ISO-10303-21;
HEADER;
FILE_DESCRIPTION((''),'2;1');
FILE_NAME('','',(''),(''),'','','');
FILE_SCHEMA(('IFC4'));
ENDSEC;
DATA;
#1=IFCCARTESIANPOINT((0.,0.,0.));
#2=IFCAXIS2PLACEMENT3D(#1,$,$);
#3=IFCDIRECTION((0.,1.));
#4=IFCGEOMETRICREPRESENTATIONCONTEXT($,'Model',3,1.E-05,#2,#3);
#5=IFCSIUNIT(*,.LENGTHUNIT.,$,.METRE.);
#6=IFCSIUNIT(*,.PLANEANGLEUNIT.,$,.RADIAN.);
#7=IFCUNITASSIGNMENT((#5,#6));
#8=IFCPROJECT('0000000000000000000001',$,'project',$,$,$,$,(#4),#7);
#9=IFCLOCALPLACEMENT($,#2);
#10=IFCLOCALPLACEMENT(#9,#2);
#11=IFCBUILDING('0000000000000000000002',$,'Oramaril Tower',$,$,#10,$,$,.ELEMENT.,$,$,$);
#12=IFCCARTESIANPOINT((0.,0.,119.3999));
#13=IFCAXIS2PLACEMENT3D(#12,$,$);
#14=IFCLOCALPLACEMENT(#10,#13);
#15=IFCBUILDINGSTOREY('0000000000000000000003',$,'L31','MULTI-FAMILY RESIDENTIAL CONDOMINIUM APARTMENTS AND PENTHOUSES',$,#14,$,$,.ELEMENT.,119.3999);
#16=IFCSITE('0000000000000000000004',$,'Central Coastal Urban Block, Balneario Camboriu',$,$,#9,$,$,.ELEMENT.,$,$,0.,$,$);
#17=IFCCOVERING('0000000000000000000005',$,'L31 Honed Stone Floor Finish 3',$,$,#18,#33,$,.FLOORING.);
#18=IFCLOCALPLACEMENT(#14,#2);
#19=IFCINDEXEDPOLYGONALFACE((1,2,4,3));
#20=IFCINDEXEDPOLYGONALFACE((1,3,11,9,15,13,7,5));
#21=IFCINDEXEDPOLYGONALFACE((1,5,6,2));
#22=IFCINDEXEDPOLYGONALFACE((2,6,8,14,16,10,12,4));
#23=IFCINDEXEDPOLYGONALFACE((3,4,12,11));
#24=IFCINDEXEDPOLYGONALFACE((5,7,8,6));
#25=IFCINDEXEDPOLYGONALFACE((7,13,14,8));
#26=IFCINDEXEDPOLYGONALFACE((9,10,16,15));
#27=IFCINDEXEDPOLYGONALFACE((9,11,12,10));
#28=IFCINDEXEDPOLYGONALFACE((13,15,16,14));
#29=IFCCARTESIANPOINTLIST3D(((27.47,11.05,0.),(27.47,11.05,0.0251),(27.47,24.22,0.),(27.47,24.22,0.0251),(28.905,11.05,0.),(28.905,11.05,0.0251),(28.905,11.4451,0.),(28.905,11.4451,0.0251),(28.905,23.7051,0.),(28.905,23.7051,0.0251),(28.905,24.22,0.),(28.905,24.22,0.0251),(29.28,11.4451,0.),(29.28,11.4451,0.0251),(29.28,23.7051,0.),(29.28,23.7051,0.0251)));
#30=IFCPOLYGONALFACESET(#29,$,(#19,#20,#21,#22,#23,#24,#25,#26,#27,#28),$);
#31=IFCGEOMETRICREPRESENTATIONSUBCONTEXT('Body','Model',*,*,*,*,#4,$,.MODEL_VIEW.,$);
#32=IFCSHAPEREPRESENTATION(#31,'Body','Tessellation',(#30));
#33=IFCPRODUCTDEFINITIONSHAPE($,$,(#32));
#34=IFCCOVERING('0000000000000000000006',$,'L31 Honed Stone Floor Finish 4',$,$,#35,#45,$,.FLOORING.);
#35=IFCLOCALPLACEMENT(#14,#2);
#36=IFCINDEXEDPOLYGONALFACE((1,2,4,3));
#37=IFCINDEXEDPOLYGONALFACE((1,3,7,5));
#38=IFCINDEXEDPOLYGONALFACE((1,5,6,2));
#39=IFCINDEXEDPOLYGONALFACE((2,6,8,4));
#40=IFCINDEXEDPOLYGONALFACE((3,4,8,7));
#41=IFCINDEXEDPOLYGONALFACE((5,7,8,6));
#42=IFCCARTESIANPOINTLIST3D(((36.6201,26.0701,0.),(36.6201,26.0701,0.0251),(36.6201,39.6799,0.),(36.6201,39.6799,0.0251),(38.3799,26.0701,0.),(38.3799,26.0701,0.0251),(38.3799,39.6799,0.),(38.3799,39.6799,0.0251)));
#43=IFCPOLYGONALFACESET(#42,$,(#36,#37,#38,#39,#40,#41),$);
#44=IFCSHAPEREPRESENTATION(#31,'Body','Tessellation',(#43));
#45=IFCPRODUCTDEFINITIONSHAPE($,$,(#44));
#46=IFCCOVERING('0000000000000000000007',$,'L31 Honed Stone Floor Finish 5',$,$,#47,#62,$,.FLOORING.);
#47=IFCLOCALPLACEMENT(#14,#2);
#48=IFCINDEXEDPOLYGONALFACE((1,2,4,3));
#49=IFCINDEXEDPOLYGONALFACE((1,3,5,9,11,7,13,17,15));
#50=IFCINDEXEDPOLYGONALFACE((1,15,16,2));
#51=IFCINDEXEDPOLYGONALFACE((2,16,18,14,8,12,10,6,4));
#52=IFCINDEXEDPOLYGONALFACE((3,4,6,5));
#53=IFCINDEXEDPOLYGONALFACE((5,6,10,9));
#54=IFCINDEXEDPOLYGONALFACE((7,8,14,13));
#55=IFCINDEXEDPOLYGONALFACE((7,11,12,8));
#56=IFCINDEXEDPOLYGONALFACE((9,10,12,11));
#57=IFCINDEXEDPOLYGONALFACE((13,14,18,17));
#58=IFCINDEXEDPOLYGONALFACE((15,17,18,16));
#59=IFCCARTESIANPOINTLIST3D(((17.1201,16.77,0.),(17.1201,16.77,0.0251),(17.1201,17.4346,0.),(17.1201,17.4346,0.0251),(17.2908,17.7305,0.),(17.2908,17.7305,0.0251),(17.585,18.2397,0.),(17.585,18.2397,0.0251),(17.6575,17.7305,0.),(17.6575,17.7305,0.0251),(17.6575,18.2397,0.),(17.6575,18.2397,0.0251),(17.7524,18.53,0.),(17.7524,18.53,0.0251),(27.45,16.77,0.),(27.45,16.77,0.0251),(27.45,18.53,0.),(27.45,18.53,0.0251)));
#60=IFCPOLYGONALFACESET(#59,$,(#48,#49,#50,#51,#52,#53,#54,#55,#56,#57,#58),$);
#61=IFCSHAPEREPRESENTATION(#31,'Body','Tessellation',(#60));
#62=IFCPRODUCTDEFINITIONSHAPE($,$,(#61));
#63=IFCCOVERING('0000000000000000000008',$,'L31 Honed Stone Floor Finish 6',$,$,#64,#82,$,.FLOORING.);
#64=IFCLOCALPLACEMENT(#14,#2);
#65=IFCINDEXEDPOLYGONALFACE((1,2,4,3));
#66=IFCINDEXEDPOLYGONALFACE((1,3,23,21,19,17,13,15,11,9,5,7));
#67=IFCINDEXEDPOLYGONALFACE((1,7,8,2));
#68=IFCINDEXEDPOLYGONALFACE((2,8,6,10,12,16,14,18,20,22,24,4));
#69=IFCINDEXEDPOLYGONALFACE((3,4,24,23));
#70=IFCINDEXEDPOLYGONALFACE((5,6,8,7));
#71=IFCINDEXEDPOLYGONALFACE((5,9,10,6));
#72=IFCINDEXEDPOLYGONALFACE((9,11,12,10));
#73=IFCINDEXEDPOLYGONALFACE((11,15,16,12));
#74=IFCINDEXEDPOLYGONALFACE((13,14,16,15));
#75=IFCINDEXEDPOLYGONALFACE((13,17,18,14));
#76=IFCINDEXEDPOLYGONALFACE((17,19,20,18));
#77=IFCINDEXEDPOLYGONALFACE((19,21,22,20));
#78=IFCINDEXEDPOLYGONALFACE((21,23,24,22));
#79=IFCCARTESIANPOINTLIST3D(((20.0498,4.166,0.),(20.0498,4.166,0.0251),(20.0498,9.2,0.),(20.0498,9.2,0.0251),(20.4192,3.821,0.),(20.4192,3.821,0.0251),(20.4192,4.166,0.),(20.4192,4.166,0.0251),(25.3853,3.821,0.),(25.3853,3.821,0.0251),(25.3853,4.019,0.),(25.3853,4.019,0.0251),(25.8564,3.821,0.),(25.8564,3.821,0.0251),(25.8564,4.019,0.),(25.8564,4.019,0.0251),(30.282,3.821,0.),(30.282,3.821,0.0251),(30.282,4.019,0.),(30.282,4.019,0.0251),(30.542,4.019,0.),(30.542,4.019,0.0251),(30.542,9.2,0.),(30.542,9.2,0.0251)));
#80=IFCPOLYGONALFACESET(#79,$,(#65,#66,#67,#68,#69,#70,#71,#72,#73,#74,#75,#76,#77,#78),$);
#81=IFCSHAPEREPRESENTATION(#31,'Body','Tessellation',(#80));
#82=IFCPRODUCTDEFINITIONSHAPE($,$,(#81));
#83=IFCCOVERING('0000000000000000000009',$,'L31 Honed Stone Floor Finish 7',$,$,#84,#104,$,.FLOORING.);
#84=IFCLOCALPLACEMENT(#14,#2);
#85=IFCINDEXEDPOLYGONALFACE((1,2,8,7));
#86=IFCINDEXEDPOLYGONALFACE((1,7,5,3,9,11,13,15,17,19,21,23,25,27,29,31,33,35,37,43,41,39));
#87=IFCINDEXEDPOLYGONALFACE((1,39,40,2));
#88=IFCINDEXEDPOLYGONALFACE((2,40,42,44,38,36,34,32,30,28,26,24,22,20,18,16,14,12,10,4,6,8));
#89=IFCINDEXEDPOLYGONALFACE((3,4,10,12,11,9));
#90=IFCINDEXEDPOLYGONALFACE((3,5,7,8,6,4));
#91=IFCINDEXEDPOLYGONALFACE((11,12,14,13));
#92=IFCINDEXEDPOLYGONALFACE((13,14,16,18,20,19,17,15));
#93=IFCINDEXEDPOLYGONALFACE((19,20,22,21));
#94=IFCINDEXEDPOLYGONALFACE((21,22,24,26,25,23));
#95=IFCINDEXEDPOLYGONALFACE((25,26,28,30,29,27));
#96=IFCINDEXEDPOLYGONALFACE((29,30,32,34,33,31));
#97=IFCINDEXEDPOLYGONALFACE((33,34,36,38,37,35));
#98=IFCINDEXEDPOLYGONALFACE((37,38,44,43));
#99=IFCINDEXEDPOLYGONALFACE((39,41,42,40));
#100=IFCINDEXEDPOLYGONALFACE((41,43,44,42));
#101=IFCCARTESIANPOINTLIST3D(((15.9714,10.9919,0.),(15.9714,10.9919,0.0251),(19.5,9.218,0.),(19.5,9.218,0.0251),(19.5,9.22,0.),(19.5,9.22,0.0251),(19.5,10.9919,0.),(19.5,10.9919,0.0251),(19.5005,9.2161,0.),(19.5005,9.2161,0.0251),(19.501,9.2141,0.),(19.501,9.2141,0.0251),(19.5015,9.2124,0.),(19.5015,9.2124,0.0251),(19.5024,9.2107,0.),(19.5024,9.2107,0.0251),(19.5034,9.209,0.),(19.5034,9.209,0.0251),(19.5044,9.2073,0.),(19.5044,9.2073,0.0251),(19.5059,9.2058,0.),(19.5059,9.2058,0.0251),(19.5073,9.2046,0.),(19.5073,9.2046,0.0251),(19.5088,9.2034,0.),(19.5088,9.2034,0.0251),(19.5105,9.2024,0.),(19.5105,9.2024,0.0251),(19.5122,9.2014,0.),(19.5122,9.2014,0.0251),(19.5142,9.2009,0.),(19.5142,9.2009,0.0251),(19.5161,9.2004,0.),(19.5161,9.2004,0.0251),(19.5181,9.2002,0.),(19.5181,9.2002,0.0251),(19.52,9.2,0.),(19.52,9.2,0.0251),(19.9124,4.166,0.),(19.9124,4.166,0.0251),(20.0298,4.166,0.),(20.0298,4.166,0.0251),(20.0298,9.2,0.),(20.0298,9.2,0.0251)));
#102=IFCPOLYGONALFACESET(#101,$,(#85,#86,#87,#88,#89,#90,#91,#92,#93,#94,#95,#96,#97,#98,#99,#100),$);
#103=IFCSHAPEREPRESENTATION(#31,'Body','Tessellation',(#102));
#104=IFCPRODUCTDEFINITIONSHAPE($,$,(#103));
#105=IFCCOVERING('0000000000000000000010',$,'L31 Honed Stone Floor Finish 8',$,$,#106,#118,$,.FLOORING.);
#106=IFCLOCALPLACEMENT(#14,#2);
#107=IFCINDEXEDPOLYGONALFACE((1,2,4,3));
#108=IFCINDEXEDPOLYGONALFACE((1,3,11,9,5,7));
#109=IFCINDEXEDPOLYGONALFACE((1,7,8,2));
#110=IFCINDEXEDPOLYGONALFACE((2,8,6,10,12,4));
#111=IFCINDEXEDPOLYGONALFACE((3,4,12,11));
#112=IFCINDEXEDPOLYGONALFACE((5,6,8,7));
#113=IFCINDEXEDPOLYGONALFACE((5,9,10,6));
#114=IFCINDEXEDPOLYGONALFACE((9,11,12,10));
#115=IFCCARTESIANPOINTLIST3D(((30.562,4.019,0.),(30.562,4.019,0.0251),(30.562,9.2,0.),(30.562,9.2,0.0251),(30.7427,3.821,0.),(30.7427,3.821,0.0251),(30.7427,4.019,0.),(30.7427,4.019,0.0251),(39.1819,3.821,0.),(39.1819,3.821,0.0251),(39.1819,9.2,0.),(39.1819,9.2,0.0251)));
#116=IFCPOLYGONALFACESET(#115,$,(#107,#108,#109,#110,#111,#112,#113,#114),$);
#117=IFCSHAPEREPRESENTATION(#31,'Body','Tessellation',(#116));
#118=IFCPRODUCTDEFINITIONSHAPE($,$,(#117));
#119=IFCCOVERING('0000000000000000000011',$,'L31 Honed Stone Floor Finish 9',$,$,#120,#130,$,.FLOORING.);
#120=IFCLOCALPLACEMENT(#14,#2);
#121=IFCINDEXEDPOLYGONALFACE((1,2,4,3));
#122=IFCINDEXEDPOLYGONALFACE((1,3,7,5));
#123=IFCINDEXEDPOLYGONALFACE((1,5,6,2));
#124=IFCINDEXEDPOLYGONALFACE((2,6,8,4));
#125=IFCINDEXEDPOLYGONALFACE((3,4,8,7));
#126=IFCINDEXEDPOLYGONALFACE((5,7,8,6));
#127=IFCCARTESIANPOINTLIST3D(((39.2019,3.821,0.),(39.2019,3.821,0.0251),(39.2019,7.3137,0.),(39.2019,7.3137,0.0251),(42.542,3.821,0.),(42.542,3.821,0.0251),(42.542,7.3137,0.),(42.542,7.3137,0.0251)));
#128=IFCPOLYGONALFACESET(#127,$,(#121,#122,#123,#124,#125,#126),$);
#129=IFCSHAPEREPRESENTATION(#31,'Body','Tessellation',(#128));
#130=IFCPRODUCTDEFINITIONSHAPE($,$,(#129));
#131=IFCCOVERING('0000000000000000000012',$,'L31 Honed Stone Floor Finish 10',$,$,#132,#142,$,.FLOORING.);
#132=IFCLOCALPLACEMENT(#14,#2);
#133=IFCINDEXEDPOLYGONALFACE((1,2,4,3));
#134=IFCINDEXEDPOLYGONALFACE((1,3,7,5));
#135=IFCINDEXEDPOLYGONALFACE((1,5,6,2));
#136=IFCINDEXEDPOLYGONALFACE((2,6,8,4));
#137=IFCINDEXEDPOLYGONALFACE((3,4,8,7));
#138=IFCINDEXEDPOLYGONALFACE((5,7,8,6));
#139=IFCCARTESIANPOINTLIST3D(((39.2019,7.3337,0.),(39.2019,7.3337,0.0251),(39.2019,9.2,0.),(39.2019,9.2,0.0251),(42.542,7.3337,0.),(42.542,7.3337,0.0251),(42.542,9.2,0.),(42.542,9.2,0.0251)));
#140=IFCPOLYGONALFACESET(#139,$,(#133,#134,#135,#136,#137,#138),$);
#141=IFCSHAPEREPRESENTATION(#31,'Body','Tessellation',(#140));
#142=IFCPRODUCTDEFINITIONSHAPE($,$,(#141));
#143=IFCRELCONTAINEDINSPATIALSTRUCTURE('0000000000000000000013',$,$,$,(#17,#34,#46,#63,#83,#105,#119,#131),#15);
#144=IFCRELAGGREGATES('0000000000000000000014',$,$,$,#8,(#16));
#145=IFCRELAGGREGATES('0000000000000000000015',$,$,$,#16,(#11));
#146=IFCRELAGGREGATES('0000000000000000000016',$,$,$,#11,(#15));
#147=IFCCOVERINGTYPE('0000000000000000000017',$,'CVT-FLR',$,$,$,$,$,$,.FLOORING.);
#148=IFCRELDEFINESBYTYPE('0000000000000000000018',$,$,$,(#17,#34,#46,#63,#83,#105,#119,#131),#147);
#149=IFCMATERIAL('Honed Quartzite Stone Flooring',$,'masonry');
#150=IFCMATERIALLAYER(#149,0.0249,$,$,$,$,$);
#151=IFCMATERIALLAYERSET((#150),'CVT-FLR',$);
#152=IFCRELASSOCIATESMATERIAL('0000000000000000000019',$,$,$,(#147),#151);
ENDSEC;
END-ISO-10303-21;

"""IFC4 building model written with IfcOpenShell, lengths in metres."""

from ifc_helpers import new_model, si_unit, direction, frame, origin, place, context, subcontext, project, spatial, polyline, outline, extrude, material, layer, layer_set, type_object, element, save


model = new_model("IFC4")

# Units and contexts
model_context = context("Model", 3, precision=1e-05, world=origin(), true_north=direction((0.0, 1.0)))
body_context = subcontext(model_context, "Body", "Model", "MODEL_VIEW")
ifc_project = project(units=[si_unit("LENGTHUNIT", "METRE"), si_unit("PLANEANGLEUNIT", "RADIAN")], contexts=[model_context])

# Site, building, storey
site_placement = place(None, origin())
site = spatial("IfcSite", under=ifc_project, at=site_placement, Name="Central Coastal Urban Block, Balneario Camboriu", CompositionType="ELEMENT", RefElevation=0.0)
building_placement = place(site_placement, origin())
building = spatial("IfcBuilding", under=site, at=building_placement, Name="Oramaril Tower", CompositionType="ELEMENT")
storey_placement = place(building_placement, frame((0.0, 0.0, 119.3999)))
storey = spatial("IfcBuildingStorey", under=building, at=storey_placement, Name="L31", Description="MULTI-FAMILY RESIDENTIAL CONDOMINIUM APARTMENTS AND PENTHOUSES", CompositionType="ELEMENT", Elevation=119.3999)

# Coverings
ifc_material_1 = material(Name="Honed Quartzite Stone Flooring", Category="masonry")
ifc_layer_1 = layer(ifc_material_1, 0.0249)
ifc_layer_set_1 = layer_set([ifc_layer_1], Name="CVT-FLR")
covering_type_1 = type_object("IfcCoveringType", Name="CVT-FLR", PredefinedType="FLOORING", material=ifc_layer_set_1)
covering_1_placement = place(storey_placement, origin())
element("IfcCovering", 1, at=covering_1_placement, inside=storey, type_object=covering_type_1, Name="L31 Honed Stone Floor Finish 3", PredefinedType="FLOORING", context=body_context, shape_type="SweptSolid", body=[
    extrude(outline(polyline([(28.905, 23.7051), (29.28, 23.7051), (29.28, 11.4451), (28.905, 11.4451), (28.905, 11.05), (27.47, 11.05), (27.47, 24.22), (28.905, 24.22), (28.905, 23.7051)])), origin(), (0.0, 0.0, 1.0), 0.0251),
])
covering_2_placement = place(storey_placement, origin())
element("IfcCovering", 2, at=covering_2_placement, inside=storey, type_object=covering_type_1, Name="L31 Honed Stone Floor Finish 4", PredefinedType="FLOORING", context=body_context, shape_type="SweptSolid", body=[
    extrude(outline(polyline([(38.3799, 26.0701), (36.6201, 26.0701), (36.6201, 39.6799), (38.3799, 39.6799), (38.3799, 26.0701)])), origin(), (0.0, 0.0, 1.0), 0.0251),
])
covering_3_placement = place(storey_placement, origin())
element("IfcCovering", 3, at=covering_3_placement, inside=storey, type_object=covering_type_1, Name="L31 Honed Stone Floor Finish 5", PredefinedType="FLOORING", context=body_context, shape_type="SweptSolid", body=[
    extrude(outline(polyline([(17.1201, 16.77), (17.1201, 17.4346), (17.2908, 17.7305), (17.6575, 17.7305), (17.6575, 18.2397), (17.585, 18.2397), (17.7524, 18.53), (27.45, 18.53), (27.45, 16.77), (17.1201, 16.77)])), origin(), (0.0, 0.0, 1.0), 0.0251),
])
covering_4_placement = place(storey_placement, origin())
element("IfcCovering", 4, at=covering_4_placement, inside=storey, type_object=covering_type_1, Name="L31 Honed Stone Floor Finish 6", PredefinedType="FLOORING", context=body_context, shape_type="SweptSolid", body=[
    extrude(outline(polyline([(25.8564, 4.019), (25.3853, 4.019), (25.3853, 3.821), (20.4192, 3.821), (20.4192, 4.166), (20.0498, 4.166), (20.0498, 9.2), (30.542, 9.2), (30.542, 4.019), (30.282, 4.019), (30.282, 3.821), (25.8564, 3.821), (25.8564, 4.019)])), origin(), (0.0, 0.0, 1.0), 0.0251),
])
covering_5_placement = place(storey_placement, origin())
element("IfcCovering", 5, at=covering_5_placement, inside=storey, type_object=covering_type_1, Name="L31 Honed Stone Floor Finish 7", PredefinedType="FLOORING", context=body_context, shape_type="SweptSolid", body=[
    extrude(outline(polyline([(19.9124, 4.166), (15.9714, 10.9919), (19.5, 10.9919), (19.5, 9.22), (19.5, 9.218), (19.5005, 9.2161), (19.501, 9.2141), (19.5015, 9.2124), (19.5024, 9.2107), (19.5034, 9.209), (19.5044, 9.2073), (19.5059, 9.2058), (19.5073, 9.2046), (19.5088, 9.2034), (19.5105, 9.2024), (19.5122, 9.2014), (19.5142, 9.2009), (19.5161, 9.2004), (19.5181, 9.2002), (19.52, 9.2), (20.0298, 9.2), (20.0298, 4.166), (19.9124, 4.166)])), origin(), (0.0, 0.0, 1.0), 0.0251),
])
covering_6_placement = place(storey_placement, origin())
element("IfcCovering", 6, at=covering_6_placement, inside=storey, type_object=covering_type_1, Name="L31 Honed Stone Floor Finish 8", PredefinedType="FLOORING", context=body_context, shape_type="SweptSolid", body=[
    extrude(outline(polyline([(39.1819, 3.821), (30.7427, 3.821), (30.7427, 4.019), (30.562, 4.019), (30.562, 9.2), (39.1819, 9.2), (39.1819, 3.821)])), origin(), (0.0, 0.0, 1.0), 0.0251),
])
covering_7_placement = place(storey_placement, origin())
element("IfcCovering", 7, at=covering_7_placement, inside=storey, type_object=covering_type_1, Name="L31 Honed Stone Floor Finish 9", PredefinedType="FLOORING", context=body_context, shape_type="SweptSolid", body=[
    extrude(outline(polyline([(42.542, 7.3137), (42.542, 3.821), (39.2019, 3.821), (39.2019, 7.3137), (42.542, 7.3137)])), origin(), (0.0, 0.0, 1.0), 0.0251),
])
covering_8_placement = place(storey_placement, origin())
element("IfcCovering", 8, at=covering_8_placement, inside=storey, type_object=covering_type_1, Name="L31 Honed Stone Floor Finish 10", PredefinedType="FLOORING", context=body_context, shape_type="SweptSolid", body=[
    extrude(outline(polyline([(42.542, 7.3337), (39.2019, 7.3337), (39.2019, 9.2), (42.542, 9.2), (42.542, 7.3337)])), origin(), (0.0, 0.0, 1.0), 0.0251),
])

save(model, "model.ifc")
